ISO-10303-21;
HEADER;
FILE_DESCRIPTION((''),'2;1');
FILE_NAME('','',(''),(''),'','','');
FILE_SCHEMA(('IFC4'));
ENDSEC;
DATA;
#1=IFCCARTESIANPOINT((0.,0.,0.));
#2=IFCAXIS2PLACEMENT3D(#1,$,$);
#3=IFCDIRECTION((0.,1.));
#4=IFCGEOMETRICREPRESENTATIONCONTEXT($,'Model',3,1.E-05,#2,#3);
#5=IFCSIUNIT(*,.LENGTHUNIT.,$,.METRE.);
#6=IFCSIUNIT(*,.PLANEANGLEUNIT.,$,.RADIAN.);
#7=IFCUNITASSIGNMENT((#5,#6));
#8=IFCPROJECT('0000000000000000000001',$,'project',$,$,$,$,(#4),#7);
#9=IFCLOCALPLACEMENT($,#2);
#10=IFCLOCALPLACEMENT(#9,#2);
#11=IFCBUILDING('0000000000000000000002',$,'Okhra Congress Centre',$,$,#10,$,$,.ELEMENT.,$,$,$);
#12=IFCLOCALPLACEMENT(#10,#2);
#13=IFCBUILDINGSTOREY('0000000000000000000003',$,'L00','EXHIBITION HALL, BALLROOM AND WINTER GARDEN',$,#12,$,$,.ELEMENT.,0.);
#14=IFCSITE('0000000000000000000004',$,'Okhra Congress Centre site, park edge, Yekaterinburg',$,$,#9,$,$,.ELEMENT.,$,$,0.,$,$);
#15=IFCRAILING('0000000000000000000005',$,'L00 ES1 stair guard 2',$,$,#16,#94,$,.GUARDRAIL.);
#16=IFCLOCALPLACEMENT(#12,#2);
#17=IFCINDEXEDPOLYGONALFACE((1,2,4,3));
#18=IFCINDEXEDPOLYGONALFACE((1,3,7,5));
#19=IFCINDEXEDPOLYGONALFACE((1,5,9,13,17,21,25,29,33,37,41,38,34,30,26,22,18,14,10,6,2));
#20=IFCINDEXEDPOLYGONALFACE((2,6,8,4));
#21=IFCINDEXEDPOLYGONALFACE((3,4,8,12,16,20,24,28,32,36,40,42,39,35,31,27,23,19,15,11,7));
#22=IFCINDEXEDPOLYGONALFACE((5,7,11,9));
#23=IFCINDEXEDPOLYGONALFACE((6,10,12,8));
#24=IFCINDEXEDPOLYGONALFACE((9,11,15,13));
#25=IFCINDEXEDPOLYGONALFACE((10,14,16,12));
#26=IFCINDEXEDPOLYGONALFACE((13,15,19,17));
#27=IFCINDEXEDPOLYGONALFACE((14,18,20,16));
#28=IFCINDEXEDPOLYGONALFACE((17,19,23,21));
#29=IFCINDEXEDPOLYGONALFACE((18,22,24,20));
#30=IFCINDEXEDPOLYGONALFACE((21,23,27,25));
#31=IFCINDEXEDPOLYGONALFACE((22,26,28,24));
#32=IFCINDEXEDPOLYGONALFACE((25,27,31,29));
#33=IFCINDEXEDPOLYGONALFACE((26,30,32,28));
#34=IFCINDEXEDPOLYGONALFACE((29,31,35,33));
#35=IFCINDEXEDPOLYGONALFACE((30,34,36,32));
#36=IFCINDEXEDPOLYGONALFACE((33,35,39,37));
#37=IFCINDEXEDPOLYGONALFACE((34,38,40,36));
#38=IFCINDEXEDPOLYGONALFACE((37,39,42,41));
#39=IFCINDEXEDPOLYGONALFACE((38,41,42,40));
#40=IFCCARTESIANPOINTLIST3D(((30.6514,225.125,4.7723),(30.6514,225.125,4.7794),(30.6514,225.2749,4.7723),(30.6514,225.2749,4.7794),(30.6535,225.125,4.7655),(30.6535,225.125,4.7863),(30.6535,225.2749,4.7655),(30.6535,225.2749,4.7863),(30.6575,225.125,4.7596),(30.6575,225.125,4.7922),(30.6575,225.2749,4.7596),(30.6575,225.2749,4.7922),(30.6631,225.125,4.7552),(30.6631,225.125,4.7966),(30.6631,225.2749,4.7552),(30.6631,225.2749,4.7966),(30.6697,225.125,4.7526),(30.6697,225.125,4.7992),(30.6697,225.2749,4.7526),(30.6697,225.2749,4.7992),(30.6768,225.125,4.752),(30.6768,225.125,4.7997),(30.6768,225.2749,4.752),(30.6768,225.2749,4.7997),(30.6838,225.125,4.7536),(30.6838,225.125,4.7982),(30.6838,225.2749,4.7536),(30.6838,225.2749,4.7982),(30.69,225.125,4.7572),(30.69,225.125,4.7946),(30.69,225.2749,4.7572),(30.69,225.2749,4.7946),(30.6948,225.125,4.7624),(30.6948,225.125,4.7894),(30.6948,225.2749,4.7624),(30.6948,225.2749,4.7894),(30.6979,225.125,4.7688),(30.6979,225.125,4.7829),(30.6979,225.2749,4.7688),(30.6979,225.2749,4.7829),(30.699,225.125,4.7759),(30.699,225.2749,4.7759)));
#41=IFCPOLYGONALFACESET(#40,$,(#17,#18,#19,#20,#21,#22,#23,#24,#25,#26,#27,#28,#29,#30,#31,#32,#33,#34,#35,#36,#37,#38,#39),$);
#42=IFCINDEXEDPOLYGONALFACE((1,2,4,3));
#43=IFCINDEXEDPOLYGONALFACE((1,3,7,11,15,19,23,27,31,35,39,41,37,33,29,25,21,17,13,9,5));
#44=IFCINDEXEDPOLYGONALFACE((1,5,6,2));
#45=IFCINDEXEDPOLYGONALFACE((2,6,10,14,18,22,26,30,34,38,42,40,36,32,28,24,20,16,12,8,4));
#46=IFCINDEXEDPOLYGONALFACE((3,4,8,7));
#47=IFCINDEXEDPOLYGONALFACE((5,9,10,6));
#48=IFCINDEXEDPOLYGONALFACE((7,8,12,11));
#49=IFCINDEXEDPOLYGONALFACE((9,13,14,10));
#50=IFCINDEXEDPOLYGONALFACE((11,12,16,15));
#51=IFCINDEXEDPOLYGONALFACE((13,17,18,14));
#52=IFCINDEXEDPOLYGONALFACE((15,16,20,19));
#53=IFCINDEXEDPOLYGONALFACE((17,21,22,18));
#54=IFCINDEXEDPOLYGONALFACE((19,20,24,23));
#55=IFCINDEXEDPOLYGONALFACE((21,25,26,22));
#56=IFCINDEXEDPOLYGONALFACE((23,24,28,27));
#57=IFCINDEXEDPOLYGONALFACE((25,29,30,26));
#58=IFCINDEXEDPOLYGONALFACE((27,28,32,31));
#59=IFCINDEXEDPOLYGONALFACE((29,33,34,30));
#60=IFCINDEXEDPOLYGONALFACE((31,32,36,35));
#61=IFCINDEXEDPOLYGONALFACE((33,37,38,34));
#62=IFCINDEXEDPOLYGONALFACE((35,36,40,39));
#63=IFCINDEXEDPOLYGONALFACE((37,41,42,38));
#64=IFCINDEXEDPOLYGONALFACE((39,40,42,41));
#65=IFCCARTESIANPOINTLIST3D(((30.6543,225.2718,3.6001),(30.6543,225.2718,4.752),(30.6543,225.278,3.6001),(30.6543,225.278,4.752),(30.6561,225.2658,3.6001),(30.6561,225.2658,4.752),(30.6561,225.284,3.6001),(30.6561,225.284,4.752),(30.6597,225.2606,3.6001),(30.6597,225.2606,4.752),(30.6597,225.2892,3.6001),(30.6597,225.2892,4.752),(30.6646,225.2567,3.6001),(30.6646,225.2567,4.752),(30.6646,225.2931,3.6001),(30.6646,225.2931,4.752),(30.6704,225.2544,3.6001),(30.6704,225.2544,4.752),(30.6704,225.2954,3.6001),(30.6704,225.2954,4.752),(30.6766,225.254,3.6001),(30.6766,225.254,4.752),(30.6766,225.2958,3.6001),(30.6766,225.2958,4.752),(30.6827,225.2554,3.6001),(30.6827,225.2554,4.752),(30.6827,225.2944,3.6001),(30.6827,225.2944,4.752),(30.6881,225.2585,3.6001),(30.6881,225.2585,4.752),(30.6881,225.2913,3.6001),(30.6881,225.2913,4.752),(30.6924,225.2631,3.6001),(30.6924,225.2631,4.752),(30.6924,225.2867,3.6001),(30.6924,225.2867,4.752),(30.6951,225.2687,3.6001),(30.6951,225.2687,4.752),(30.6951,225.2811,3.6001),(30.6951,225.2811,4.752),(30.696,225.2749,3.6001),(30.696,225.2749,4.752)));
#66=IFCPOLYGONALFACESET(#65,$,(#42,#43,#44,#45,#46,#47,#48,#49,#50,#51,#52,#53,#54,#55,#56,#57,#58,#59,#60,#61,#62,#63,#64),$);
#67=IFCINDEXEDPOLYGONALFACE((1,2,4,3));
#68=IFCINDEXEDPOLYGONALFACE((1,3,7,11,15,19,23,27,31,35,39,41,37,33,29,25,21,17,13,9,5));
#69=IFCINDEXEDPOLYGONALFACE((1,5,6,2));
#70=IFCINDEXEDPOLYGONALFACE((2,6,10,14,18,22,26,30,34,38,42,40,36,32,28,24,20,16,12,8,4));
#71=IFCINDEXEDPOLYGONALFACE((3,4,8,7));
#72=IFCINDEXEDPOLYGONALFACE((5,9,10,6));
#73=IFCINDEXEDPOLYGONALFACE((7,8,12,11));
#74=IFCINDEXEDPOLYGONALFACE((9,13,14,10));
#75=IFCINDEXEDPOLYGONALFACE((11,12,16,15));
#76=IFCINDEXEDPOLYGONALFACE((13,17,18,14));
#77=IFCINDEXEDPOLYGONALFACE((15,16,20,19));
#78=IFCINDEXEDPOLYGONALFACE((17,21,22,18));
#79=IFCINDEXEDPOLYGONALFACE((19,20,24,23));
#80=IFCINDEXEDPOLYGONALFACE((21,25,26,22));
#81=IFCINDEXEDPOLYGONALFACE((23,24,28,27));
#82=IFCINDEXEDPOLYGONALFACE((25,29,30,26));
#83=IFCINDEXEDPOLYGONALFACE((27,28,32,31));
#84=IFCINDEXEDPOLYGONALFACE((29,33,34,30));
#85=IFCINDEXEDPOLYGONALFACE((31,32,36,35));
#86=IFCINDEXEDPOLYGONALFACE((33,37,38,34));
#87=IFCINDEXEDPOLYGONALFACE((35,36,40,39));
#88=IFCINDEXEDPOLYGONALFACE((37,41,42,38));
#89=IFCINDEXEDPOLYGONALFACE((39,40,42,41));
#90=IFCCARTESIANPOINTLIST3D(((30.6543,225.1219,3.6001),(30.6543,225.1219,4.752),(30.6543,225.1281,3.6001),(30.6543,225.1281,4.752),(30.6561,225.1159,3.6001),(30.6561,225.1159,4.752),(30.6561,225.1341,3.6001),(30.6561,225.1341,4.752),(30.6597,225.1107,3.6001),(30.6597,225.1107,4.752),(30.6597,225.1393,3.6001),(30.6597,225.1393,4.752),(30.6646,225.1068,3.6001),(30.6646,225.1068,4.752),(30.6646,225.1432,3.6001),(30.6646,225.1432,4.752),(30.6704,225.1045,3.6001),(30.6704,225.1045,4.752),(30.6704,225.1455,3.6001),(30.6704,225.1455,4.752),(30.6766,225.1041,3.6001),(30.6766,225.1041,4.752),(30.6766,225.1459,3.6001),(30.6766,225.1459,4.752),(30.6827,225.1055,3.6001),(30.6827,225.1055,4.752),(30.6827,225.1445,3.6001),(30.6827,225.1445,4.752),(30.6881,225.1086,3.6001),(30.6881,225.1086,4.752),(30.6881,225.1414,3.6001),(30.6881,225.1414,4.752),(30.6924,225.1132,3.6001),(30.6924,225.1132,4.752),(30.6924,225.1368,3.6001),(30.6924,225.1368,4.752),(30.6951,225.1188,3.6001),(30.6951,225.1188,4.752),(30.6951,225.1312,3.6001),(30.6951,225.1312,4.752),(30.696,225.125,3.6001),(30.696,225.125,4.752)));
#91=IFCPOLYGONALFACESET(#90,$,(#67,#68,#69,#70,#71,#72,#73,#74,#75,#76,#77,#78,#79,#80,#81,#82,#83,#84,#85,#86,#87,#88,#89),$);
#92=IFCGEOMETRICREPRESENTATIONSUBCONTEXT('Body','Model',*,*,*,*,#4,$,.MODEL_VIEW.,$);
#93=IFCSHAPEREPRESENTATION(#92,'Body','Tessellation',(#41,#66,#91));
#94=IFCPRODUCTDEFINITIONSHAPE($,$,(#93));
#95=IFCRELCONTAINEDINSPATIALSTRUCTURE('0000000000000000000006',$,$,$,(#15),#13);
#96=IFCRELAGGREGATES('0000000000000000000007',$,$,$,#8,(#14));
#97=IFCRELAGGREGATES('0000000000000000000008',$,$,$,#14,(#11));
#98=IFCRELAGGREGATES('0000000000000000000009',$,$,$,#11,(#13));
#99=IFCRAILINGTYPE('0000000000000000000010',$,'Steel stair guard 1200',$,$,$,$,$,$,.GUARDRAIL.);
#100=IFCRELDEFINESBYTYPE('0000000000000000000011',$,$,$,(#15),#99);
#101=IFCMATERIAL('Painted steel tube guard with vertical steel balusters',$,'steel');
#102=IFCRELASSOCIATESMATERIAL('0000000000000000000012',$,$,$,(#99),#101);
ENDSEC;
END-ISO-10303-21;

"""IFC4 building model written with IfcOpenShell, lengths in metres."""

from ifc_helpers import new_model, si_unit, direction, frame, origin, origin_2d, place, context, subcontext, project, spatial, circle, extrude, material, type_object, element, save


model = new_model("IFC4")

# Units and contexts
model_context = context("Model", 3, precision=1e-05, world=origin(), true_north=direction((0.0, 1.0)))
body_context = subcontext(model_context, "Body", "Model", "MODEL_VIEW")
ifc_project = project(units=[si_unit("LENGTHUNIT", "METRE"), si_unit("PLANEANGLEUNIT", "RADIAN")], contexts=[model_context])

# Site, building, storey
site_placement = place(None, origin())
site = spatial("IfcSite", under=ifc_project, at=site_placement, Name="Okhra Congress Centre site, park edge, Yekaterinburg", CompositionType="ELEMENT", RefElevation=0.0)
building_placement = place(site_placement, origin())
building = spatial("IfcBuilding", under=site, at=building_placement, Name="Okhra Congress Centre", CompositionType="ELEMENT")
storey_placement = place(building_placement, origin())
storey = spatial("IfcBuildingStorey", under=building, at=storey_placement, Name="L00", Description="EXHIBITION HALL, BALLROOM AND WINTER GARDEN", CompositionType="ELEMENT", Elevation=0.0)

# Railing
ifc_material_1 = material(Name="Painted steel tube guard with vertical steel balusters", Category="steel")
railing_type_1 = type_object("IfcRailingType", Name="Steel stair guard 1200", PredefinedType="GUARDRAIL", material=ifc_material_1)
railing_1_placement = place(storey_placement, frame((30.675, 225.2749, 3.6001)))
element("IfcRailing", 1, at=railing_1_placement, inside=storey, type_object=railing_type_1, Name="L00 ES1 stair guard 2", PredefinedType="GUARDRAIL", context=body_context, shape_type="SweptSolid", body=[
    extrude(circle(Radius=0.0239, at=origin_2d()), frame((0.0, 0.0, 1.1758), z_axis=(0.0, -1.0, 0.0), x_axis=(1.0, 0.0, 0.0)), (0.0, 0.0, 1.0), 0.1499),
    extrude(circle(Radius=0.021, at=origin_2d()), origin(), (0.0, 0.0, 1.0), 1.1519),
    extrude(circle(Radius=0.021, at=origin_2d()), frame((0.0, -0.1499, 0.0)), (0.0, 0.0, 1.0), 1.1519),
])

save(model, "model.ifc")
